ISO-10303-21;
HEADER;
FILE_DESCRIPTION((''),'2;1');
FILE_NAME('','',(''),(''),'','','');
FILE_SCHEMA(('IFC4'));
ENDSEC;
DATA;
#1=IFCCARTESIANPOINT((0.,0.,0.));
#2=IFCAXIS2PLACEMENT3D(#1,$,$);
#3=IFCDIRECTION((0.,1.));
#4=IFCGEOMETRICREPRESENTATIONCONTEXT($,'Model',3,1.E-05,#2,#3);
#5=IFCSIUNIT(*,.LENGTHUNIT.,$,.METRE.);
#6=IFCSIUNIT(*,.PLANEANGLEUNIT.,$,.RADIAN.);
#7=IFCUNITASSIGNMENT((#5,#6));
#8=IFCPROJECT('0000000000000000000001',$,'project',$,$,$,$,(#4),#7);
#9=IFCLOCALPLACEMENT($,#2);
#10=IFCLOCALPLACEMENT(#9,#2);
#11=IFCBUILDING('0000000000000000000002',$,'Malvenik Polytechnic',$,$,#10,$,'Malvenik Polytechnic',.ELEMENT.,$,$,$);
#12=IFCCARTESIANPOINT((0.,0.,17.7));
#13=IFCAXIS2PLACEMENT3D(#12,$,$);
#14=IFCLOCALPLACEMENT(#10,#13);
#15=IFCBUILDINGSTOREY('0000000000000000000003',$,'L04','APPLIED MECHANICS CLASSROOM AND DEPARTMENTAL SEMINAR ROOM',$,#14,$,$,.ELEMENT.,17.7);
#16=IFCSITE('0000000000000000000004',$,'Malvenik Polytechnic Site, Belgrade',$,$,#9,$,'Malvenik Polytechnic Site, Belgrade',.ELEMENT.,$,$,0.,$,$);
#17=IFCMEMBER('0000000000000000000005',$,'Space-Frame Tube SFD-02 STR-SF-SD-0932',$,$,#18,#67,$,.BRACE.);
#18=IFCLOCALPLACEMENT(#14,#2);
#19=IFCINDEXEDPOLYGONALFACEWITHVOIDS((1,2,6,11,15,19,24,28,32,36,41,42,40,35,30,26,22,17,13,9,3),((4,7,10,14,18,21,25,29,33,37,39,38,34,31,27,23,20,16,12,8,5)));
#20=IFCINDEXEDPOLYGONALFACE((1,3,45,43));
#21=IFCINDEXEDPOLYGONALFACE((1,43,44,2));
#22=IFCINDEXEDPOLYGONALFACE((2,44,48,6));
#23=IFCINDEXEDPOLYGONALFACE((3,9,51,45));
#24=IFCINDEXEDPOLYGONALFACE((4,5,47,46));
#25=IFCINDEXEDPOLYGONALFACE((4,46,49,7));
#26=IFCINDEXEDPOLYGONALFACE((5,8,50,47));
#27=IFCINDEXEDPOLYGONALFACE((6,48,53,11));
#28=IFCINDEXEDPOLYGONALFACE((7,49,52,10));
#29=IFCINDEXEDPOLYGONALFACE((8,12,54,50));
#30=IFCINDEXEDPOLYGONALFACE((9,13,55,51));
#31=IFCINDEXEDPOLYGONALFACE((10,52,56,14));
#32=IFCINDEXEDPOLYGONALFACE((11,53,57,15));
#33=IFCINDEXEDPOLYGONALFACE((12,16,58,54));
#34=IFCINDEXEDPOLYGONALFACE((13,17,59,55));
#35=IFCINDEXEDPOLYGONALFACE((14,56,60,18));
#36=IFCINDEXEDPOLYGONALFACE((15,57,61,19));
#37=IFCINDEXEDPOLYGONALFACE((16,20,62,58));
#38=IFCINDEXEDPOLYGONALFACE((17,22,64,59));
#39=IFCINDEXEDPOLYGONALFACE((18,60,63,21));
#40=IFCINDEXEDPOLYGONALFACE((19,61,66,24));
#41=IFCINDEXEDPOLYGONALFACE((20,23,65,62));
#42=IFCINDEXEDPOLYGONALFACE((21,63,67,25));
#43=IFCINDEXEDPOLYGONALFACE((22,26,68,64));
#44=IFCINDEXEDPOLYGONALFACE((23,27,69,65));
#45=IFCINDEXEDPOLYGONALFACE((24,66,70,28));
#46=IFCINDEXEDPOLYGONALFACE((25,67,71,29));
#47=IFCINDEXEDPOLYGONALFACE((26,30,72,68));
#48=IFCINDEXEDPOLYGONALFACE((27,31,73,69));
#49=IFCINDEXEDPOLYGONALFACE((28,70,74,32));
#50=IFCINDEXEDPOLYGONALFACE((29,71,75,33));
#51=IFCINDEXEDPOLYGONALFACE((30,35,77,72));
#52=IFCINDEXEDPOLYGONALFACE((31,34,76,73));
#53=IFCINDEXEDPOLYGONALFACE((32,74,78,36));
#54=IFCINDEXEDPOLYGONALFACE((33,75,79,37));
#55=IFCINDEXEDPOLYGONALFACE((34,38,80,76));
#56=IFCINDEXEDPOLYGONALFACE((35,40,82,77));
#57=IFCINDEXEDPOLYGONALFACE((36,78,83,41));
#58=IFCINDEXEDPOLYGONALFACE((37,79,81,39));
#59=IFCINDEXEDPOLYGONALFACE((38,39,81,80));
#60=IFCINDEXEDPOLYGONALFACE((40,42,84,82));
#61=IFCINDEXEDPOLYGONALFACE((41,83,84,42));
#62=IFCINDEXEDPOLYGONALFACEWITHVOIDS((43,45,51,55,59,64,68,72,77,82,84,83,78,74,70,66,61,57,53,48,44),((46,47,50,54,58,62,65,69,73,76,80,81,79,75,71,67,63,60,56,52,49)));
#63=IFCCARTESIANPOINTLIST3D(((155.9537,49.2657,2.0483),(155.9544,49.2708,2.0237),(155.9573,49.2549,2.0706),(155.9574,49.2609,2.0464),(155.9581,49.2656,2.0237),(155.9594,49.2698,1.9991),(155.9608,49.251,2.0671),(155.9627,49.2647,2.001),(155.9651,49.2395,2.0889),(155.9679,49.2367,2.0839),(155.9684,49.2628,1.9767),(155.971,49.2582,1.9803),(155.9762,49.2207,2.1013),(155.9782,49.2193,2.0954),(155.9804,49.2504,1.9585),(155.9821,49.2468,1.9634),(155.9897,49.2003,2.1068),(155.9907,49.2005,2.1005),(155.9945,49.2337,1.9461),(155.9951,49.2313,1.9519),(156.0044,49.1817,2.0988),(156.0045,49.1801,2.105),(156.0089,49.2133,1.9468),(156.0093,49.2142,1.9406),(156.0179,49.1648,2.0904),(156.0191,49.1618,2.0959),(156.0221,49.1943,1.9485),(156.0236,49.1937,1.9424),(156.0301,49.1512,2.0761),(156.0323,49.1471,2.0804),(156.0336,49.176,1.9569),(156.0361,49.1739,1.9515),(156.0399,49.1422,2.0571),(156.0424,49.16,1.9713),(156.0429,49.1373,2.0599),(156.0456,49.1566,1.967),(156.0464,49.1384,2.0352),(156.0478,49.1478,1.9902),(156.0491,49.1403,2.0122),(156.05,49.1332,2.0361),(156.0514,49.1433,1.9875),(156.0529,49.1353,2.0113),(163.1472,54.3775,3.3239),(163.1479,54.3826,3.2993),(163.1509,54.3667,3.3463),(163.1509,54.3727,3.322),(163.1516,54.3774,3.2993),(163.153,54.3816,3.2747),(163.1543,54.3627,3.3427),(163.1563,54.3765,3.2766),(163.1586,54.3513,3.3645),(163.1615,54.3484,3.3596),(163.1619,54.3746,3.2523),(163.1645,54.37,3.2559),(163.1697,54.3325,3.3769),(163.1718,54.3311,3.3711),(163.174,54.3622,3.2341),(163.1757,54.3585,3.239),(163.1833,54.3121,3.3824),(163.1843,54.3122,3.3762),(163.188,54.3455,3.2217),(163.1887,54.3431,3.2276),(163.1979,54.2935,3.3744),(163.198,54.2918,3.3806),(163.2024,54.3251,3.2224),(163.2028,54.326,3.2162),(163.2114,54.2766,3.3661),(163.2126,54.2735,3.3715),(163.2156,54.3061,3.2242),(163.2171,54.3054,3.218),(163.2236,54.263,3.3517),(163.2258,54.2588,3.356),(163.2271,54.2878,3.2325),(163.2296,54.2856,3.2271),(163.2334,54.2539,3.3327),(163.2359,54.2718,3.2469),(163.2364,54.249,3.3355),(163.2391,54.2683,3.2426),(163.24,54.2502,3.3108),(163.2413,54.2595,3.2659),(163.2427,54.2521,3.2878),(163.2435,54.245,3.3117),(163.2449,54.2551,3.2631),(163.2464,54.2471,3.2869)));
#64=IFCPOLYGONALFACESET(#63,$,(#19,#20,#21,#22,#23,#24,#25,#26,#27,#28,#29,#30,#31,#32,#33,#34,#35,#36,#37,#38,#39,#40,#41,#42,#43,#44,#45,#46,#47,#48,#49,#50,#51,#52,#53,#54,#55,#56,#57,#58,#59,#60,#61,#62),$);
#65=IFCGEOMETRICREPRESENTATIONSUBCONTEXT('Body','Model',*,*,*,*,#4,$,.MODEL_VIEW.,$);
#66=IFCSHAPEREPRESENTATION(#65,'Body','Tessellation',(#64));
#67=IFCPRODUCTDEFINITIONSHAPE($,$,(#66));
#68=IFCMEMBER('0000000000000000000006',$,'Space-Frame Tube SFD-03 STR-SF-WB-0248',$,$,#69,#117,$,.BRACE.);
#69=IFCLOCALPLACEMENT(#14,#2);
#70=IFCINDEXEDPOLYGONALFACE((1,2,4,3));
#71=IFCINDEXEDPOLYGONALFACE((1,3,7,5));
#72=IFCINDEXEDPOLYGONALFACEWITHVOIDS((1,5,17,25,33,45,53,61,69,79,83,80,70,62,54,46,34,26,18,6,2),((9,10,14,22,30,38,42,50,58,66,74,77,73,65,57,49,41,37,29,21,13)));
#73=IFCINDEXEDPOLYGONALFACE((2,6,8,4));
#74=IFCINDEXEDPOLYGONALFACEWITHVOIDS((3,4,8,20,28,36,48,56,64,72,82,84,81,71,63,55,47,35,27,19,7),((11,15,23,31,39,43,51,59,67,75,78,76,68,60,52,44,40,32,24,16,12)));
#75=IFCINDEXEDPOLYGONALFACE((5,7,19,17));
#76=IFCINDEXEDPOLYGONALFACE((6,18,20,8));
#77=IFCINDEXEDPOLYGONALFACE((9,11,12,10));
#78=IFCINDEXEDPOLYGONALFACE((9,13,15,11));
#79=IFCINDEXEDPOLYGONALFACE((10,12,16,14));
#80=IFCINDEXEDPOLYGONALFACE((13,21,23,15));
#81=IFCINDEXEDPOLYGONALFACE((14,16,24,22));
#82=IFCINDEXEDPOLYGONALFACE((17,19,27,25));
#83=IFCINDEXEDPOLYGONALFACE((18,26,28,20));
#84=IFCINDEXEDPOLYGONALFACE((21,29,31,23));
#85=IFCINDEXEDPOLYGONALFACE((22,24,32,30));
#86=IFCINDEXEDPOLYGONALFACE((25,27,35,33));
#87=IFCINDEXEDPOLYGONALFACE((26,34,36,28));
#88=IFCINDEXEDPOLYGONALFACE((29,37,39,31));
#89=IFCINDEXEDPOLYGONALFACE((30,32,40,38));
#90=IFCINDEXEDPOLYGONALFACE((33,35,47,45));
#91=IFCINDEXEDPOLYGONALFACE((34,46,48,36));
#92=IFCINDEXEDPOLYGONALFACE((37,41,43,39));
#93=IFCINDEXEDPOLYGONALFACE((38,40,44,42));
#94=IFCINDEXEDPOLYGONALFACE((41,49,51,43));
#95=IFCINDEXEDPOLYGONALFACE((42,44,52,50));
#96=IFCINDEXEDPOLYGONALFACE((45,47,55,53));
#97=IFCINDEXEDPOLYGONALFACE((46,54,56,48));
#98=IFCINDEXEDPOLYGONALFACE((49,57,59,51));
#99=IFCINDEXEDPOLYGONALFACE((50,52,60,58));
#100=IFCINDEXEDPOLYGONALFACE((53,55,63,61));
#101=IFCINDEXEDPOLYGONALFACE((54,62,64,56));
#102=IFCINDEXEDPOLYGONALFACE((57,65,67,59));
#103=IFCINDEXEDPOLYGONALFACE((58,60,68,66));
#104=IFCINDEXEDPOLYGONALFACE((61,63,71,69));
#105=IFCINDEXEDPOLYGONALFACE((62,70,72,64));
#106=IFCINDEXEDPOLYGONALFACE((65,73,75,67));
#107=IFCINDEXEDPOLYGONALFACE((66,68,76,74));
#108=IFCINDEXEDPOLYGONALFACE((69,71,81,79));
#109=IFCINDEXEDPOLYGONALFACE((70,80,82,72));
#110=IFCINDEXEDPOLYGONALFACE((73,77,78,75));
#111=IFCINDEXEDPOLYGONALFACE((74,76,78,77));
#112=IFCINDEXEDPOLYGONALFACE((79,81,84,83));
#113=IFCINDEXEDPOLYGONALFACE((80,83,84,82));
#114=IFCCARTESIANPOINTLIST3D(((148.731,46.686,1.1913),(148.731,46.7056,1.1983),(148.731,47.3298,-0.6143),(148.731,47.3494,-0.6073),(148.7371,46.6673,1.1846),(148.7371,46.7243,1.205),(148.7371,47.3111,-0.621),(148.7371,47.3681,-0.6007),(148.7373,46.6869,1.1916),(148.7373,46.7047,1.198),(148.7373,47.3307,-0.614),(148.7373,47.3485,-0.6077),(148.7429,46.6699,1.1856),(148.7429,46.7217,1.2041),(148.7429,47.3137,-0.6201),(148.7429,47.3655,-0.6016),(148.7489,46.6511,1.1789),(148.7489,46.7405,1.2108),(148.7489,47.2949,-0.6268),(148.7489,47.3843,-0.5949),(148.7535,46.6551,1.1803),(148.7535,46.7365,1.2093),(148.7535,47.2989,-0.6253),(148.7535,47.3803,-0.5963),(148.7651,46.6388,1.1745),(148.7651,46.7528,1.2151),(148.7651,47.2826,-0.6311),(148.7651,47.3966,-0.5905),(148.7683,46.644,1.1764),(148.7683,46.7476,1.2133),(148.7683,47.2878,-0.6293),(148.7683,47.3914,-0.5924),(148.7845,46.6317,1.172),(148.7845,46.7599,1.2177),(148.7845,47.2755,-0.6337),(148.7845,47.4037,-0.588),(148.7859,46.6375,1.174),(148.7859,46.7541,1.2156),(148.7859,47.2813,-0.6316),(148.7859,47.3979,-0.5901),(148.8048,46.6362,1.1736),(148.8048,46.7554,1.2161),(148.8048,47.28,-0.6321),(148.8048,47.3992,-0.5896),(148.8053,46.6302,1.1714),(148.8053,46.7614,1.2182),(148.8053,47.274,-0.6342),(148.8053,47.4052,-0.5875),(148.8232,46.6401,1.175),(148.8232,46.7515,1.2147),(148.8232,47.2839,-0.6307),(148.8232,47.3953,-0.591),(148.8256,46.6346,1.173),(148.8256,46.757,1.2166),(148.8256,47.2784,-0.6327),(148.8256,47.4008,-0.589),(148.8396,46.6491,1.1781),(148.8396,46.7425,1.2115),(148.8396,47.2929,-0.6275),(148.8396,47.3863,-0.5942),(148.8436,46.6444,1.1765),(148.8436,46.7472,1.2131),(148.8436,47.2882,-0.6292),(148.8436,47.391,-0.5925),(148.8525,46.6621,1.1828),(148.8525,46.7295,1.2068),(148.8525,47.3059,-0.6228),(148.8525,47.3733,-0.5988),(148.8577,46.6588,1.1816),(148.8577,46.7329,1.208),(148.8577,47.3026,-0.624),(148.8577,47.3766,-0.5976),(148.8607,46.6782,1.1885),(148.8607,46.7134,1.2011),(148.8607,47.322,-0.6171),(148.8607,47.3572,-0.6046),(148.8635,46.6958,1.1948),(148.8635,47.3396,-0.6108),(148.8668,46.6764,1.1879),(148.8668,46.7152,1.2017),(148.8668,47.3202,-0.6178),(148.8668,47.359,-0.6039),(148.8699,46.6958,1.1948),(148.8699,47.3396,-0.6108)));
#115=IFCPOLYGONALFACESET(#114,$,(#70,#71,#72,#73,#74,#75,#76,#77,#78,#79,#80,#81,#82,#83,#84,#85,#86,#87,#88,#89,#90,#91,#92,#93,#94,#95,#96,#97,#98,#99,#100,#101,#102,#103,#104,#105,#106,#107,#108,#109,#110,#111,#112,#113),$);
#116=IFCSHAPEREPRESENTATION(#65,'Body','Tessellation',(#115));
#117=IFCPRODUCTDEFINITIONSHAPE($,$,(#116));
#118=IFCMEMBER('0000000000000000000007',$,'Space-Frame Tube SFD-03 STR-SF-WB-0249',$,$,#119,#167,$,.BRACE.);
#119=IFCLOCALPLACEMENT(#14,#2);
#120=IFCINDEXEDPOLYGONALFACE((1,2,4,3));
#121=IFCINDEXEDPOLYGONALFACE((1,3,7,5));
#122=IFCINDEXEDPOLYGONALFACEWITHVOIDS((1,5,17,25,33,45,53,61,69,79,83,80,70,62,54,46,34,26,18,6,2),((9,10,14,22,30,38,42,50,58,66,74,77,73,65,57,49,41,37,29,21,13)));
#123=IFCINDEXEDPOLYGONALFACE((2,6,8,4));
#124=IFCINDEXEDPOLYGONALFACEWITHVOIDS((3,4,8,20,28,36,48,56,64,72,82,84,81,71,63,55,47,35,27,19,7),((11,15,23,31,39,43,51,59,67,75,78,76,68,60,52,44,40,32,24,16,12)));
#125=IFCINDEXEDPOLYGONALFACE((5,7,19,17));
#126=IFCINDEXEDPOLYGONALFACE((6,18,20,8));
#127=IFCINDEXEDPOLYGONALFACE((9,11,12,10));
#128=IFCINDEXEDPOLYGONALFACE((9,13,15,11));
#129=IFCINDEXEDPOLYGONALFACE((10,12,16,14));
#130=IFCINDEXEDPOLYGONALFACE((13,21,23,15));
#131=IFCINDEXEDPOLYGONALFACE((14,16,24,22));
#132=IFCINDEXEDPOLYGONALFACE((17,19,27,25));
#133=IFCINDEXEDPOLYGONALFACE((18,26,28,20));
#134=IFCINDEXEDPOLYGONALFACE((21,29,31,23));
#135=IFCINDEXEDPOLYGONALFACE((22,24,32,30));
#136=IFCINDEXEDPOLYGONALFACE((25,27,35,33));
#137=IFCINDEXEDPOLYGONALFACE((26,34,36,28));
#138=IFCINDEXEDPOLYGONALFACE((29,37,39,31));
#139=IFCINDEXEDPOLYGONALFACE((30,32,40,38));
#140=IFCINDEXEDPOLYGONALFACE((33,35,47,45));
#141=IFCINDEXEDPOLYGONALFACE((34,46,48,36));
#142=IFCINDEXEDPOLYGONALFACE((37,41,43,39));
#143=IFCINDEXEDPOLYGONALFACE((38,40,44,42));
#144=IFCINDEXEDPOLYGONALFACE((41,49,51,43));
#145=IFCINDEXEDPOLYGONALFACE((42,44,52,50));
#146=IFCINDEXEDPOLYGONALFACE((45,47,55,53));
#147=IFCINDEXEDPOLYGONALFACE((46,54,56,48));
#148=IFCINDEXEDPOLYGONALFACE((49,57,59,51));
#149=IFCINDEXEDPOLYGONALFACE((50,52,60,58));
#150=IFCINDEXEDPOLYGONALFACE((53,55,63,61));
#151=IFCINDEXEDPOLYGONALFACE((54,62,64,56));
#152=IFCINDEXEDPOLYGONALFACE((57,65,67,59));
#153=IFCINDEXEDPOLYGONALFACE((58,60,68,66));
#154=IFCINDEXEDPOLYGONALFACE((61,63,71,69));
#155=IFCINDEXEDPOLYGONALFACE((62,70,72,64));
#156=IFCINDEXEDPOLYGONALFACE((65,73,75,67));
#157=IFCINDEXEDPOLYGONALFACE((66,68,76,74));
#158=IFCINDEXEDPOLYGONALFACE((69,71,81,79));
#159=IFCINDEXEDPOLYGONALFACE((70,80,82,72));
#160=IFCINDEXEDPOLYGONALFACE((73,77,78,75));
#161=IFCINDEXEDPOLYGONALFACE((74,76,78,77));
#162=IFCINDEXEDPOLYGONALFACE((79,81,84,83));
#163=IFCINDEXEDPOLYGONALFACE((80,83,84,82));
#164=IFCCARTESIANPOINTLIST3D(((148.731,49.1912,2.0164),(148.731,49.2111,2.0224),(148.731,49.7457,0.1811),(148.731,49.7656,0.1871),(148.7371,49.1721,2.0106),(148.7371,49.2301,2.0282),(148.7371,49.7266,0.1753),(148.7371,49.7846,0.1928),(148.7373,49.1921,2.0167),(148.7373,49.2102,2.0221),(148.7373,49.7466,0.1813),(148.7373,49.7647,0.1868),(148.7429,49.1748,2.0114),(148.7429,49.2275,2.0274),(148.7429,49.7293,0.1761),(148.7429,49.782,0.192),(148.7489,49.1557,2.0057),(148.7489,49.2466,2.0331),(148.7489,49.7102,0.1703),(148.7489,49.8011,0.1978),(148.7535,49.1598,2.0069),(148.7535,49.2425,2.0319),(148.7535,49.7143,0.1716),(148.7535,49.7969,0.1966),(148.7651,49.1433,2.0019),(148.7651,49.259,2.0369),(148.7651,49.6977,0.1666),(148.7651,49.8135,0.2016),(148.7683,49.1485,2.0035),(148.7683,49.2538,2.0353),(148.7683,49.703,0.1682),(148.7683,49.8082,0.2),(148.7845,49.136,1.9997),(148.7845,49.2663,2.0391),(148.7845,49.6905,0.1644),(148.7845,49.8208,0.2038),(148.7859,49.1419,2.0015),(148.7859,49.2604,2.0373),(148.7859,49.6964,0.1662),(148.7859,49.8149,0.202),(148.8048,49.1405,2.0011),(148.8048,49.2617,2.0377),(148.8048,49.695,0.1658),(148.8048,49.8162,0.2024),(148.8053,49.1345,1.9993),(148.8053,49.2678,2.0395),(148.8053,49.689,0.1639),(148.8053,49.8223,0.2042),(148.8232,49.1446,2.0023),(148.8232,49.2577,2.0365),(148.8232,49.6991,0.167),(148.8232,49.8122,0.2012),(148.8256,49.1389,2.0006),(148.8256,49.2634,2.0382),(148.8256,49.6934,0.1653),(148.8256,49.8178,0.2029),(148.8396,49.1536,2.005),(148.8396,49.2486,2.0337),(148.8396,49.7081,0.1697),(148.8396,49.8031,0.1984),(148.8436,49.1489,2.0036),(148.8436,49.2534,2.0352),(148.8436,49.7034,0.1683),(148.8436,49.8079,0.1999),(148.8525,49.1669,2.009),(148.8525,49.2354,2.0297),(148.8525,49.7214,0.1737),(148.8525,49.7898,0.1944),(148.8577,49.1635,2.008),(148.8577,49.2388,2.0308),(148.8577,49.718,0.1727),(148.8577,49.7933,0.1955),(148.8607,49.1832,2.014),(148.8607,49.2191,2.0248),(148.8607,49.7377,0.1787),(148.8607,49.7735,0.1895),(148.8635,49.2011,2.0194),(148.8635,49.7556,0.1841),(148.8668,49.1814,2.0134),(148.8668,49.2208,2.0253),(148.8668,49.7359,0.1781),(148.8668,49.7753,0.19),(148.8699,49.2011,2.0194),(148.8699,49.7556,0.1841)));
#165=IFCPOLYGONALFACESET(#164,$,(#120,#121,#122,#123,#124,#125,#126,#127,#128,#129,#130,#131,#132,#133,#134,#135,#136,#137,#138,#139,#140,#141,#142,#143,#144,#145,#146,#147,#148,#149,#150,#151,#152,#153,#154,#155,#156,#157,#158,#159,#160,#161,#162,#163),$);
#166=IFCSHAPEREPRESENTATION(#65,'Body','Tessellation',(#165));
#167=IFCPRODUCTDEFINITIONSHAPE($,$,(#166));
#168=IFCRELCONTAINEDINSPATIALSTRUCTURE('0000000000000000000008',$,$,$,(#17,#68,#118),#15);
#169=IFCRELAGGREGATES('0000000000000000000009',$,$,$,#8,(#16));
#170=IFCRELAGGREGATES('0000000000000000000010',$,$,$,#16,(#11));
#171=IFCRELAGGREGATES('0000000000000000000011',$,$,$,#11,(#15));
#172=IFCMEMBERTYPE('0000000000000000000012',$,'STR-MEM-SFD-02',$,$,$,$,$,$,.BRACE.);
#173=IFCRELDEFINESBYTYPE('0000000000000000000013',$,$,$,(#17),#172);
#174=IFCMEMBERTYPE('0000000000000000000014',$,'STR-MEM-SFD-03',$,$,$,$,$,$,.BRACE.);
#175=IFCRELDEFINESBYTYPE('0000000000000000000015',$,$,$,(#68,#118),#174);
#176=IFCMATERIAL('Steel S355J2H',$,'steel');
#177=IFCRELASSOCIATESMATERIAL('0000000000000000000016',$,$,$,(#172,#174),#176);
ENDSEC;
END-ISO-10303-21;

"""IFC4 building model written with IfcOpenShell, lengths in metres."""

from ifc_helpers import new_model, si_unit, direction, frame, origin, origin_2d, place, context, subcontext, project, spatial, hollow_circle, extrude, material, material_profile, profile_set, type_object, element, save


model = new_model("IFC4")

# Units and contexts
model_context = context("Model", 3, precision=1e-05, world=origin(), true_north=direction((0.0, 1.0)))
body_context = subcontext(model_context, "Body", "Model", "MODEL_VIEW")
ifc_project = project(units=[si_unit("LENGTHUNIT", "METRE"), si_unit("PLANEANGLEUNIT", "RADIAN")], contexts=[model_context])

# Site, building, storey
site_placement = place(None, origin())
site = spatial("IfcSite", under=ifc_project, at=site_placement, Name="Malvenik Polytechnic Site, Belgrade", LongName="Malvenik Polytechnic Site, Belgrade", CompositionType="ELEMENT", RefElevation=0.0)
building_placement = place(site_placement, origin())
building = spatial("IfcBuilding", under=site, at=building_placement, Name="Malvenik Polytechnic", LongName="Malvenik Polytechnic", CompositionType="ELEMENT")
storey_placement = place(building_placement, frame((0.0, 0.0, 17.7)))
storey = spatial("IfcBuildingStorey", under=building, at=storey_placement, Name="L04", Description="APPLIED MECHANICS CLASSROOM AND DEPARTMENTAL SEMINAR ROOM", CompositionType="ELEMENT", Elevation=17.7)

# Members
ifc_material = material(Name="Steel S355J2H", Category="steel")
ifc_material_profile_1 = material_profile(ifc_material, hollow_circle(Radius=0.0842, WallThickness=0.0063, at=origin_2d()), Name="CHS 168.3x6.3")
ifc_profile_set_1 = profile_set([ifc_material_profile_1], Name="Steel S355J2H")
member_type_1 = type_object("IfcMemberType", Name="STR-MEM-SFD-02", PredefinedType="BRACE", material=ifc_profile_set_1)
member_1_placement = place(storey_placement, frame((156.0032, 49.2021, 2.0237), z_axis=(0.806765, 0.573292, 0.143063), x_axis=(-0.57925, 0.81515, 0.0)))
element("IfcMember", 1, at=member_1_placement, inside=storey, type_object=member_type_1, Name="Space-Frame Tube SFD-02 STR-SF-SD-0932", PredefinedType="BRACE", context=body_context, shape_type="SweptSolid", body=[
    extrude(hollow_circle(Radius=0.0842, WallThickness=0.0063, at=origin_2d()), origin(), (0.0, 0.0, 1.0), 8.9165),
])
ifc_material_profile_2 = material_profile(ifc_material, hollow_circle(Radius=0.0698, WallThickness=0.0063, at=origin_2d()), Name="CHS 139.7x6.3")
ifc_profile_set_2 = profile_set([ifc_material_profile_2], Name="Steel S355J2H")
member_type_2 = type_object("IfcMemberType", Name="STR-MEM-SFD-03", PredefinedType="BRACE", material=ifc_profile_set_2)
member_2_placement = place(storey_placement, frame((148.8, 47.3396, -0.6108), z_axis=(0.0, -0.335836, 0.94192), x_axis=(1.0, 0.0, 0.0)))
element("IfcMember", 2, at=member_2_placement, inside=storey, type_object=member_type_2, Name="Space-Frame Tube SFD-03 STR-SF-WB-0248", PredefinedType="BRACE", context=body_context, shape_type="SweptSolid", body=[
    extrude(hollow_circle(Radius=0.0698, WallThickness=0.0063, at=origin_2d()), origin(), (0.0, 0.0, 1.0), 1.917),
])
member_3_placement = place(storey_placement, frame((148.8, 49.7556, 0.1841), z_axis=(0.0, -0.289205, 0.957267), x_axis=(1.0, 0.0, 0.0)))
element("IfcMember", 3, at=member_3_placement, inside=storey, type_object=member_type_2, Name="Space-Frame Tube SFD-03 STR-SF-WB-0249", PredefinedType="BRACE", context=body_context, shape_type="SweptSolid", body=[
    extrude(hollow_circle(Radius=0.0698, WallThickness=0.0063, at=origin_2d()), origin(), (0.0, 0.0, 1.0), 1.9172),
])

save(model, "model.ifc")
